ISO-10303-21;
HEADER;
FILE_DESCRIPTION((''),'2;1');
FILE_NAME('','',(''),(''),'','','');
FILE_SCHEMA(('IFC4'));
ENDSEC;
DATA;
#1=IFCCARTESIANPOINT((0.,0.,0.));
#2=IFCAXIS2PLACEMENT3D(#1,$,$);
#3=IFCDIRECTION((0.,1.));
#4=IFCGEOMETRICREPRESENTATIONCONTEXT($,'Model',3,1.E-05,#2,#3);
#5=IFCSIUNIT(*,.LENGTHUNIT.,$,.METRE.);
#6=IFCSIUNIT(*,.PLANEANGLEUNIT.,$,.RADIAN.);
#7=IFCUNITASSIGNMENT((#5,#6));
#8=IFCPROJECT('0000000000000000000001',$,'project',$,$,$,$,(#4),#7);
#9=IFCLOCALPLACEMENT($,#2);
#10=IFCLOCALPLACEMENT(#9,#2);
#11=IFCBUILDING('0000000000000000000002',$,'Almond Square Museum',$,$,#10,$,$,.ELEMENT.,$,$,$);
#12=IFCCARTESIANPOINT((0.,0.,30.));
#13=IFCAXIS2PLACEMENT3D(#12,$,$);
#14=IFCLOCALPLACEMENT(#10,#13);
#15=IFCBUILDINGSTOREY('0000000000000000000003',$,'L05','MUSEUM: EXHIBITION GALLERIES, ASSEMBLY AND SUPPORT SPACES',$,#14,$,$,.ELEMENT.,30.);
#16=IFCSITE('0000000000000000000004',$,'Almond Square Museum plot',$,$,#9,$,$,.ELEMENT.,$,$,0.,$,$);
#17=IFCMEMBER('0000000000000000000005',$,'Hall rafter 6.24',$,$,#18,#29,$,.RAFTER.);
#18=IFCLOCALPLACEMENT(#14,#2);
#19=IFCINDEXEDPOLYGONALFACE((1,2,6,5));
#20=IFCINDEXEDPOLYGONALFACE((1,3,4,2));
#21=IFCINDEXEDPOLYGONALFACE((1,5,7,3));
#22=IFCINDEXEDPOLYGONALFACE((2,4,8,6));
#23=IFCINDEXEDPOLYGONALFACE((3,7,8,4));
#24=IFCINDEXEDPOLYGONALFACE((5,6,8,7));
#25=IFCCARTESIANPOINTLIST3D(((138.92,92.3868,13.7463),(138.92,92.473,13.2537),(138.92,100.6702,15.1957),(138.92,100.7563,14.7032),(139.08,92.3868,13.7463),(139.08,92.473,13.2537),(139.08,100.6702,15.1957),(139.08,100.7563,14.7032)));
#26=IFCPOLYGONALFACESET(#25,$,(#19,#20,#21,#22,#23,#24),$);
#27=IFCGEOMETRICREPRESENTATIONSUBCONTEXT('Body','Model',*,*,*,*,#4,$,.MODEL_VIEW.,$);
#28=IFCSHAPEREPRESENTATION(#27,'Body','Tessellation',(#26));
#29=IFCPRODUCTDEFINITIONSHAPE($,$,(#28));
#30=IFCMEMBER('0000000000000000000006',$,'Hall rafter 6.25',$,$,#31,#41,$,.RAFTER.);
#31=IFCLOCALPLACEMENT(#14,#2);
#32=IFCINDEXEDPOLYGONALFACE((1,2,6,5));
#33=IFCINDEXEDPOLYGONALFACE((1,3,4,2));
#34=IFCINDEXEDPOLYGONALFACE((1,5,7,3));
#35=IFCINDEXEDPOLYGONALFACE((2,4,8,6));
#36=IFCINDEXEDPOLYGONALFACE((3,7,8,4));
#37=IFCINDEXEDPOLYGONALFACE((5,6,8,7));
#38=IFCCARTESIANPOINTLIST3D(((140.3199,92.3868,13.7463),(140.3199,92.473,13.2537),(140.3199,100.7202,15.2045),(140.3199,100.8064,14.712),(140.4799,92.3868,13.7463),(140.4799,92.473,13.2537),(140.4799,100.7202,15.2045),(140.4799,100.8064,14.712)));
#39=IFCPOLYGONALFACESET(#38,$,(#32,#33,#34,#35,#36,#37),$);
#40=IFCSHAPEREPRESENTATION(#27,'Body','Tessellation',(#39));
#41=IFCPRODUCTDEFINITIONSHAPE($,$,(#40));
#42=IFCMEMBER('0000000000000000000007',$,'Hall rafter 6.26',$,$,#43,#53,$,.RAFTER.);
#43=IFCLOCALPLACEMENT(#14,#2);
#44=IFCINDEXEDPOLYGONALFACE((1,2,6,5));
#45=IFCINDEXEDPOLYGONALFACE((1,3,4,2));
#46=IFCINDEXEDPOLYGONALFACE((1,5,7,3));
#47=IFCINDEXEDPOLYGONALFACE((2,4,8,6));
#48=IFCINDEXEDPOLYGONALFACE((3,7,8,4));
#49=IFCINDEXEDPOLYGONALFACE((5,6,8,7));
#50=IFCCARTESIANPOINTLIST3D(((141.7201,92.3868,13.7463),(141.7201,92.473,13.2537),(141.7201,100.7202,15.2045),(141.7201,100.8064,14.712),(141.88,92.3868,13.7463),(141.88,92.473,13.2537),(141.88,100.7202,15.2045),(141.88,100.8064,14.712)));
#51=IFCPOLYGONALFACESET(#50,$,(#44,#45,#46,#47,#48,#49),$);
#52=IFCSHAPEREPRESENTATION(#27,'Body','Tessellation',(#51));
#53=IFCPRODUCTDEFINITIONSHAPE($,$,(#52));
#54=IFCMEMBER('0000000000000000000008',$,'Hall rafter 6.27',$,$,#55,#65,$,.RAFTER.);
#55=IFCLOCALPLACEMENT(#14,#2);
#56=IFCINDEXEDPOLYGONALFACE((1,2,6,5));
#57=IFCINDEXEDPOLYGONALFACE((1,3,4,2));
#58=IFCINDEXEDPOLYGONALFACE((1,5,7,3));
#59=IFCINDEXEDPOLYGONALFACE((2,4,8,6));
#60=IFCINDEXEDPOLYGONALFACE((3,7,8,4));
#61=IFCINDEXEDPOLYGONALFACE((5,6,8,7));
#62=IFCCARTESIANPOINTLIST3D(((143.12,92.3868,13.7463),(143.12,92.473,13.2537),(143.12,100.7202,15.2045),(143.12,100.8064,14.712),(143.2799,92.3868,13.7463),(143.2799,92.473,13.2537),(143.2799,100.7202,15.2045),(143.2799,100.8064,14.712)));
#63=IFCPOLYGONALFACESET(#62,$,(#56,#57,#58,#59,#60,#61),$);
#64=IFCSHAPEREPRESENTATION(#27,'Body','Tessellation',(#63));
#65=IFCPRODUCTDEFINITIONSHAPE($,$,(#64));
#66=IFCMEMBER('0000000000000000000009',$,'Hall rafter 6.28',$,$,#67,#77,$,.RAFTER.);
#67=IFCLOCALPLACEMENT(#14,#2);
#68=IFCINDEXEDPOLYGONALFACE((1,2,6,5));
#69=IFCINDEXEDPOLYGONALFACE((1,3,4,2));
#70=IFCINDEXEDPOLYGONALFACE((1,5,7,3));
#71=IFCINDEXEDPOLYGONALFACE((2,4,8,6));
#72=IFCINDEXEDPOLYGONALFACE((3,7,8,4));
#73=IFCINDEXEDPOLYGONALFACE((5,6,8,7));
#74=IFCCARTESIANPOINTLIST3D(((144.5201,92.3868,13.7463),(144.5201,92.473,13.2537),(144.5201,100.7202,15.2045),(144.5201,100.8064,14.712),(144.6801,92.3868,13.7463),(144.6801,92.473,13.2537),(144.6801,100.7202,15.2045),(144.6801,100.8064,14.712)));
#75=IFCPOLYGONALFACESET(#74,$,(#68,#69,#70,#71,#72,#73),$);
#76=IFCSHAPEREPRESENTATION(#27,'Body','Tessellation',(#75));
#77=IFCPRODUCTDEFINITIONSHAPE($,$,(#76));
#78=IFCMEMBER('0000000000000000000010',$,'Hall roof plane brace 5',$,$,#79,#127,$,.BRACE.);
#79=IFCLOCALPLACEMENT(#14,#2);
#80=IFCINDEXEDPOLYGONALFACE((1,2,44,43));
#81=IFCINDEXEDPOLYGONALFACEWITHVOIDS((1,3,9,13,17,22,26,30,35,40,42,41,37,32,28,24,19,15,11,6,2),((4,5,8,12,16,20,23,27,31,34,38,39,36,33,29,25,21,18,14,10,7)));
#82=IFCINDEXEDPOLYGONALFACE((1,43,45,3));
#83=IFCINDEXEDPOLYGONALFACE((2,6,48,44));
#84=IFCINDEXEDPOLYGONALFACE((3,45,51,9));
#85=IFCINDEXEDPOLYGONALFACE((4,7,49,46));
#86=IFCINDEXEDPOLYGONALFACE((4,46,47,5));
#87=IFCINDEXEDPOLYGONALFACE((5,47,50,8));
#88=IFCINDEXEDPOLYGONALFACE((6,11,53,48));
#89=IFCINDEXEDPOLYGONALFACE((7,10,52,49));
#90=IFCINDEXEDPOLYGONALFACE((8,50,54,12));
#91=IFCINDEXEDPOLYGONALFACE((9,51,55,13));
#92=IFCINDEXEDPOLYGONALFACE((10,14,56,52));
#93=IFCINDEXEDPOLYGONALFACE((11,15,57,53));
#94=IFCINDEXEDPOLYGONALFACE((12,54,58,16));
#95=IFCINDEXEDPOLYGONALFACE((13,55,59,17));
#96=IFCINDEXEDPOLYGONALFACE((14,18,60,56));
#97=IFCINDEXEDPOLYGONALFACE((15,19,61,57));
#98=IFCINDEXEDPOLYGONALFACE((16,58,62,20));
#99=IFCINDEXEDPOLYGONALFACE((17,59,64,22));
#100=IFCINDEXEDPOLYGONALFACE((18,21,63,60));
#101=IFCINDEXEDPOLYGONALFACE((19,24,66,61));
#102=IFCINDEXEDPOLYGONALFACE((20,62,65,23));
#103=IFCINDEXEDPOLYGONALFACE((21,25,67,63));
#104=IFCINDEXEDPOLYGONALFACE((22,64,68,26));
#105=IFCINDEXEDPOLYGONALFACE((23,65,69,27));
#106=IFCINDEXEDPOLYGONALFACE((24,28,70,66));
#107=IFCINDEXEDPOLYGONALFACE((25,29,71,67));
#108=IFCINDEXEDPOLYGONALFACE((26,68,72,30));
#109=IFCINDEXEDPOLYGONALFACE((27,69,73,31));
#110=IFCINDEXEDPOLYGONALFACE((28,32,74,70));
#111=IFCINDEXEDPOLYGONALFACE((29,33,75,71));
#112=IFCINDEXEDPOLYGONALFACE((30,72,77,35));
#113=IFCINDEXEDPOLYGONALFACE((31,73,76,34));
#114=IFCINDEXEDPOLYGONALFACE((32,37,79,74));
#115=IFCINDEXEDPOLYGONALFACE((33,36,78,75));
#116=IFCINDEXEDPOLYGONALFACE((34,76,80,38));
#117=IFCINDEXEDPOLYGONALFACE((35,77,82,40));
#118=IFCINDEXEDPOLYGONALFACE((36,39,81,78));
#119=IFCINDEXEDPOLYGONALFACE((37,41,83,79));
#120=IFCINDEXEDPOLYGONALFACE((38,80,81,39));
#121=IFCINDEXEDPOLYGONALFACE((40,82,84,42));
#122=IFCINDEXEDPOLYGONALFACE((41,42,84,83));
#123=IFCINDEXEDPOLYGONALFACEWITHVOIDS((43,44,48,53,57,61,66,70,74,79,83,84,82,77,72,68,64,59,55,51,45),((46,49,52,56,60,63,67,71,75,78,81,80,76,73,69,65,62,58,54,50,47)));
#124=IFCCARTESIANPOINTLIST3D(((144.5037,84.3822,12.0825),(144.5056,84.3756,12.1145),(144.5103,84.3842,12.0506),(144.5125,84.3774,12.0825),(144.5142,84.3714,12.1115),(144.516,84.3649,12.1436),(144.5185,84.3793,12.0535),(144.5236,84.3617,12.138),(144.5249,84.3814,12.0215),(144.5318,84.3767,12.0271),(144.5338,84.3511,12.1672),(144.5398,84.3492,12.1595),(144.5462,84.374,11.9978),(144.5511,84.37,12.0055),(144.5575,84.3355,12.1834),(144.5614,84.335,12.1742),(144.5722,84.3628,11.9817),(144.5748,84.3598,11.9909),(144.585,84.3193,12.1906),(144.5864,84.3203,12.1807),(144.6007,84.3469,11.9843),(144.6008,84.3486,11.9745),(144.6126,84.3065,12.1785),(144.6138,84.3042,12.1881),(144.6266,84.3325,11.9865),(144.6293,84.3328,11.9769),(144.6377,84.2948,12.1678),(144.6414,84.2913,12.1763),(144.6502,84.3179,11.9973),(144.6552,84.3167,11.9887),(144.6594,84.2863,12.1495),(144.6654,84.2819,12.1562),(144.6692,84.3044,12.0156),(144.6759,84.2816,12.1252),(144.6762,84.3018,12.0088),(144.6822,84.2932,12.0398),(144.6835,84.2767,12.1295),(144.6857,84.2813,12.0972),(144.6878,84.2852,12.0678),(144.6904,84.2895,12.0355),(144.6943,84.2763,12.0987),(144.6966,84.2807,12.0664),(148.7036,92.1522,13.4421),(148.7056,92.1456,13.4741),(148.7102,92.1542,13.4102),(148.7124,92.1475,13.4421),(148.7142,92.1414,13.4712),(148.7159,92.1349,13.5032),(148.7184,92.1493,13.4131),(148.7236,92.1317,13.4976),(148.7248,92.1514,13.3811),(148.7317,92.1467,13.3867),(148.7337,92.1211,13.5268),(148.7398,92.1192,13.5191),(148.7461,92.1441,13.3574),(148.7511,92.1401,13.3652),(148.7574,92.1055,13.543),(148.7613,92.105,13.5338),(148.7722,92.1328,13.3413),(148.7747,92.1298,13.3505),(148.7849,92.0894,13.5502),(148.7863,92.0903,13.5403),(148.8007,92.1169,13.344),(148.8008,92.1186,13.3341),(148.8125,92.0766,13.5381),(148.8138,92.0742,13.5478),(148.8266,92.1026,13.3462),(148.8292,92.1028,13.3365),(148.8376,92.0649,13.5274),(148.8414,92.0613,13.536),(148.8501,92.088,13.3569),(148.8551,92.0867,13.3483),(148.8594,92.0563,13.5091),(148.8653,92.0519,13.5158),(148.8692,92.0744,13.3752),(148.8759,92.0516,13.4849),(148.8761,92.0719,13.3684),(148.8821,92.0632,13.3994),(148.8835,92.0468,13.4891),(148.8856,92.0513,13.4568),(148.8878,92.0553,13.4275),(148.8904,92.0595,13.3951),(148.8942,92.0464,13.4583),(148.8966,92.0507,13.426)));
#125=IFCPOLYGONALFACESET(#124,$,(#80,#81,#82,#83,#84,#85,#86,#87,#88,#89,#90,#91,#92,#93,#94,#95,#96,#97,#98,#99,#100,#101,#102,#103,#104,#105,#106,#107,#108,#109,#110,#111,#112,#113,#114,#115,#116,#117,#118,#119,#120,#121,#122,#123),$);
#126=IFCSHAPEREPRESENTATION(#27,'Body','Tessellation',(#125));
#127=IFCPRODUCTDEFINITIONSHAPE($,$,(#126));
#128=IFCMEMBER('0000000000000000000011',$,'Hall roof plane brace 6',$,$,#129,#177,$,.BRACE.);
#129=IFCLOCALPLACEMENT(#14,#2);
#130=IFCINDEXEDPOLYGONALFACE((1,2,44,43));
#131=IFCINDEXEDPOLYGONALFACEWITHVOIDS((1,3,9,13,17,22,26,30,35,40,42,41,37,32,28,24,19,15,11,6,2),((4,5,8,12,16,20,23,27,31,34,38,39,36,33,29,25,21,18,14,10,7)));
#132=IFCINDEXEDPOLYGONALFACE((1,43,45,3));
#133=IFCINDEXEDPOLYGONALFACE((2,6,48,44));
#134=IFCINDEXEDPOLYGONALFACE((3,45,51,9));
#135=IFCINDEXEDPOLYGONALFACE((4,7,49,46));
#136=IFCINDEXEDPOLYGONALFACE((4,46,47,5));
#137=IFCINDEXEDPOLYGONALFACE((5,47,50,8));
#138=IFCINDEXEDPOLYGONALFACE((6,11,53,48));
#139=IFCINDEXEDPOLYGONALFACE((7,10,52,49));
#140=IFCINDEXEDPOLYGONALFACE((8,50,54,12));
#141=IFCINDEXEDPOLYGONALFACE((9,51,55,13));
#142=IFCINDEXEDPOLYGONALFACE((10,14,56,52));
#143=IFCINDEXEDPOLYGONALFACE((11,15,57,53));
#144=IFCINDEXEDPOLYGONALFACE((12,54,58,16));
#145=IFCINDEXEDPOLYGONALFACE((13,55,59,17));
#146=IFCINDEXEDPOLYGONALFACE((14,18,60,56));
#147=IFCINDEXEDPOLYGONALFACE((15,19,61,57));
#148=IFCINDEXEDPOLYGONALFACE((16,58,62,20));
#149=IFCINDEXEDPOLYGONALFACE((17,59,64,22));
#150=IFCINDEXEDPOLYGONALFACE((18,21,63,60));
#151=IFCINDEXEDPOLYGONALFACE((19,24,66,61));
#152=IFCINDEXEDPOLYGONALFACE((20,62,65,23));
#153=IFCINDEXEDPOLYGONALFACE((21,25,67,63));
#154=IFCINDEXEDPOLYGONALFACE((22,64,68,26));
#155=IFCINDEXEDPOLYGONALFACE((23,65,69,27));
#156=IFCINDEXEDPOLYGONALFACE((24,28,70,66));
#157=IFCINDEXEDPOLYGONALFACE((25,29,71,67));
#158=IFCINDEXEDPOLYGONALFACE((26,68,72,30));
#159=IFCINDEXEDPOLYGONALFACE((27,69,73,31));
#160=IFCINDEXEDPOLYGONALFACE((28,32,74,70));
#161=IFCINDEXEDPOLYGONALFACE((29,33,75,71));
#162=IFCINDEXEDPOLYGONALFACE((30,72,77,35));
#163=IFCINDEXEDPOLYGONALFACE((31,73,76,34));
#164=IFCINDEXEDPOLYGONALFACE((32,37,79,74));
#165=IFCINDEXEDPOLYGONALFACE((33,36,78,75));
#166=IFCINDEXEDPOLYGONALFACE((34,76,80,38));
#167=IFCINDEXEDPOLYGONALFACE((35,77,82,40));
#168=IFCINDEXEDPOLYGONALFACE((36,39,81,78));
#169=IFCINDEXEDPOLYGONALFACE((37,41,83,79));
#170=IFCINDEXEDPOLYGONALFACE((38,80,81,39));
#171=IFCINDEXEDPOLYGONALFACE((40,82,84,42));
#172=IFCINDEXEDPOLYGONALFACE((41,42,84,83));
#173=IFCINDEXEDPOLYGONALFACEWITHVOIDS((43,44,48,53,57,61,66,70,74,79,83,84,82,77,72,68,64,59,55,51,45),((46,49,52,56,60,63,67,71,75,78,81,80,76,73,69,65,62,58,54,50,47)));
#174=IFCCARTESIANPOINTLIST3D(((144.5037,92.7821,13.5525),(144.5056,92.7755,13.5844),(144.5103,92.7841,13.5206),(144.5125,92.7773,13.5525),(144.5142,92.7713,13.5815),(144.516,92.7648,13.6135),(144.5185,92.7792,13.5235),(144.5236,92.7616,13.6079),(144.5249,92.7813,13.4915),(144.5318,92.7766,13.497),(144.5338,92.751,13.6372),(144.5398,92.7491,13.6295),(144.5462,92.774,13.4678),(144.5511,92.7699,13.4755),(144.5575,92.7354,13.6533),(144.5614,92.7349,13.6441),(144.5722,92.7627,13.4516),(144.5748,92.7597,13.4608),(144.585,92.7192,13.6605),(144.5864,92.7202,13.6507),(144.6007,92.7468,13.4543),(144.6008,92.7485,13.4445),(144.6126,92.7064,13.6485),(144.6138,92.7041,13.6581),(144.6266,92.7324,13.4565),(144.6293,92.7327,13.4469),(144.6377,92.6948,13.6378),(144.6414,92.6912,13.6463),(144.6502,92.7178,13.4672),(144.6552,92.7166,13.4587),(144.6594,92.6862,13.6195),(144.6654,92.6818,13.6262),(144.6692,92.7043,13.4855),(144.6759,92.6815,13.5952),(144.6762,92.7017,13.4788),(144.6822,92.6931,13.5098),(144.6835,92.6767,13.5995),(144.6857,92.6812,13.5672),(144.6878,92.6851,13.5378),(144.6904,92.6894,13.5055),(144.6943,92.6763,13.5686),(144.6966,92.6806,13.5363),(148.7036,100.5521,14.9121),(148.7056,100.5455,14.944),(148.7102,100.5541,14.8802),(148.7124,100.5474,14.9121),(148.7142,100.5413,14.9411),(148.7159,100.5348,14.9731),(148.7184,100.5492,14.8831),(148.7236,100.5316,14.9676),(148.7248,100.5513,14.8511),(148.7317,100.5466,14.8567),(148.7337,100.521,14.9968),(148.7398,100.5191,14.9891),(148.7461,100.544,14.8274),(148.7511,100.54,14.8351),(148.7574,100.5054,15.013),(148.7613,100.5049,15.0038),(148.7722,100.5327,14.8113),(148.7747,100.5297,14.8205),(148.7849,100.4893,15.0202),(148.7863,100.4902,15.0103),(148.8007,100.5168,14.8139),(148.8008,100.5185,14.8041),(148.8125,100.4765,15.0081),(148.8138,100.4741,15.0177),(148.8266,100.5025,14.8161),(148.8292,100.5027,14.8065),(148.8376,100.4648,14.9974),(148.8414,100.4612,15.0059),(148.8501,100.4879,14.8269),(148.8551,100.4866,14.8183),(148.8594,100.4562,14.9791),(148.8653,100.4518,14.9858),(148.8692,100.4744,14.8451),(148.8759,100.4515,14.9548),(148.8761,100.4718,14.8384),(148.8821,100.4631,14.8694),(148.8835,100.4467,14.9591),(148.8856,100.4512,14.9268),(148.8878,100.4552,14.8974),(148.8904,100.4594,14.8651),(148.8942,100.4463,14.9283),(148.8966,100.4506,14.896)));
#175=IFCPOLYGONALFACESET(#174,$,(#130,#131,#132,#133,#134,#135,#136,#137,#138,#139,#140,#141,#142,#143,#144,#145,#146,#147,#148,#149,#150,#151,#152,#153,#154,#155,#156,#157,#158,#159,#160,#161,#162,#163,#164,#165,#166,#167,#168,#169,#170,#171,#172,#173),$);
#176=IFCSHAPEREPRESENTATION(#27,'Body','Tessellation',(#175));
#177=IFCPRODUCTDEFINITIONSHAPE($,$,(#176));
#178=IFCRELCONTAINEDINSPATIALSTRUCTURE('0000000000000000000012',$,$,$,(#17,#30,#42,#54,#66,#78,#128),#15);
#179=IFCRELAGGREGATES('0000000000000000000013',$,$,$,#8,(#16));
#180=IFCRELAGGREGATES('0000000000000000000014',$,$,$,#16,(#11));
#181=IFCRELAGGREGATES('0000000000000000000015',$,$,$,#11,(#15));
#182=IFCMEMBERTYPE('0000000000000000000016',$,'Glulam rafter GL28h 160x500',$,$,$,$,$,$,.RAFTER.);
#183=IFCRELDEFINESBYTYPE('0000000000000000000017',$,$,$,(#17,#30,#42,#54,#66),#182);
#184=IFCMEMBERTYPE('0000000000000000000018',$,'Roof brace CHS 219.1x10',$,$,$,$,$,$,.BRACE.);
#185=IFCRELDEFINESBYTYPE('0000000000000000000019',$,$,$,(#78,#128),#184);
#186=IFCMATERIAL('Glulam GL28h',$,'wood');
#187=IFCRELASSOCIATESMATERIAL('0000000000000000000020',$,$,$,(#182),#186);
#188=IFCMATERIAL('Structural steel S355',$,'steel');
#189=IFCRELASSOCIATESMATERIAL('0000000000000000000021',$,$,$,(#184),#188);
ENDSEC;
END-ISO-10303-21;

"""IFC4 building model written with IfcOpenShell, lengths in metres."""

from ifc_helpers import new_model, si_unit, direction, frame, origin, origin_2d, place, context, subcontext, project, spatial, rectangle, hollow_circle, extrude, material, material_profile, profile_set, type_object, element, save


model = new_model("IFC4")

# Units and contexts
model_context = context("Model", 3, precision=1e-05, world=origin(), true_north=direction((0.0, 1.0)))
body_context = subcontext(model_context, "Body", "Model", "MODEL_VIEW")
ifc_project = project(units=[si_unit("LENGTHUNIT", "METRE"), si_unit("PLANEANGLEUNIT", "RADIAN")], contexts=[model_context])

# Site, building, storey
site_placement = place(None, origin())
site = spatial("IfcSite", under=ifc_project, at=site_placement, Name="Almond Square Museum plot", CompositionType="ELEMENT", RefElevation=0.0)
building_placement = place(site_placement, origin())
building = spatial("IfcBuilding", under=site, at=building_placement, Name="Almond Square Museum", CompositionType="ELEMENT")
storey_placement = place(building_placement, frame((0.0, 0.0, 30.0)))
storey = spatial("IfcBuildingStorey", under=building, at=storey_placement, Name="L05", Description="MUSEUM: EXHIBITION GALLERIES, ASSEMBLY AND SUPPORT SPACES", CompositionType="ELEMENT", Elevation=30.0)

# Members
ifc_material_1 = material(Name="Glulam GL28h", Category="wood")
ifc_material_profile_1 = material_profile(ifc_material_1, rectangle(XDim=0.1599, YDim=0.5, at=origin_2d()))
ifc_profile_set_1 = profile_set([ifc_material_profile_1], Name="Glulam GL28h")
member_type_1 = type_object("IfcMemberType", Name="Glulam rafter GL28h 160x500", PredefinedType="RAFTER", material=ifc_profile_set_1)
member_placement = place(storey_placement, frame((139.0, 92.4299, 13.5), z_axis=(0.0, 0.985032, 0.172369), x_axis=(-1.0, 0.0, 0.0)))
element("IfcMember", 1, at=member_placement, inside=storey, type_object=member_type_1, Name="Hall rafter 6.24", PredefinedType="RAFTER", context=body_context, shape_type="SweptSolid", body=[
    extrude(rectangle(XDim=0.1599, YDim=0.5, at=origin_2d()), origin(), (0.0, 0.0, 1.0), 8.4092),
])
for number, where, z_axis, x_axis, name in (
    (2, (140.3999, 92.4299, 13.5), (0.0, 0.985032, 0.172373), (-1.0, 0.0, 0.0), "Hall rafter 6.25"),
    (3, (141.8, 92.4299, 13.5), (0.0, 0.985032, 0.172373), (-1.0, 0.0, 0.0), "Hall rafter 6.26"),
    (4, (143.2, 92.4299, 13.5), (0.0, 0.985032, 0.172373), (-1.0, 0.0, 0.0), "Hall rafter 6.27"),
    (5, (144.6001, 92.4299, 13.5), (0.0, 0.985032, 0.172373), (-1.0, 0.0, 0.0), "Hall rafter 6.28"),
):
    element("IfcMember", number, at=place(storey_placement, frame(where, z_axis=z_axis, x_axis=x_axis)), inside=storey, type_object=member_type_1, Name=name, PredefinedType="RAFTER", context=body_context, shape_type="SweptSolid", body=[
        extrude(rectangle(XDim=0.1599, YDim=0.5, at=origin_2d()), origin(), (0.0, 0.0, 1.0), 8.46),
    ])
ifc_material_2 = material(Name="Structural steel S355", Category="steel")
ifc_material_profile_2 = material_profile(ifc_material_2, hollow_circle(Radius=0.1096, WallThickness=0.01, at=origin_2d()))
ifc_profile_set_2 = profile_set([ifc_material_profile_2], Name="Structural steel S355")
member_type_2 = type_object("IfcMemberType", Name="Roof brace CHS 219.1x10", PredefinedType="BRACE", material=ifc_profile_set_2)
for number, where, z_axis, x_axis, name in (
    (6, (144.6001, 84.3301, 12.0825), (0.469976, 0.869468, 0.152142), (-0.879709, 0.475512, 0.0), "Hall roof plane brace 5"),
    (7, (144.6001, 92.73, 13.5525), (0.469976, 0.869468, 0.152142), (-0.879709, 0.475512, 0.0), "Hall roof plane brace 6"),
):
    element("IfcMember", number, at=place(storey_placement, frame(where, z_axis=z_axis, x_axis=x_axis)), inside=storey, type_object=member_type_2, Name=name, PredefinedType="BRACE", context=body_context, shape_type="SweptSolid", body=[
        extrude(hollow_circle(Radius=0.1096, WallThickness=0.01, at=origin_2d()), origin(), (0.0, 0.0, 1.0), 8.9365),
    ])

save(model, "model.ifc")
